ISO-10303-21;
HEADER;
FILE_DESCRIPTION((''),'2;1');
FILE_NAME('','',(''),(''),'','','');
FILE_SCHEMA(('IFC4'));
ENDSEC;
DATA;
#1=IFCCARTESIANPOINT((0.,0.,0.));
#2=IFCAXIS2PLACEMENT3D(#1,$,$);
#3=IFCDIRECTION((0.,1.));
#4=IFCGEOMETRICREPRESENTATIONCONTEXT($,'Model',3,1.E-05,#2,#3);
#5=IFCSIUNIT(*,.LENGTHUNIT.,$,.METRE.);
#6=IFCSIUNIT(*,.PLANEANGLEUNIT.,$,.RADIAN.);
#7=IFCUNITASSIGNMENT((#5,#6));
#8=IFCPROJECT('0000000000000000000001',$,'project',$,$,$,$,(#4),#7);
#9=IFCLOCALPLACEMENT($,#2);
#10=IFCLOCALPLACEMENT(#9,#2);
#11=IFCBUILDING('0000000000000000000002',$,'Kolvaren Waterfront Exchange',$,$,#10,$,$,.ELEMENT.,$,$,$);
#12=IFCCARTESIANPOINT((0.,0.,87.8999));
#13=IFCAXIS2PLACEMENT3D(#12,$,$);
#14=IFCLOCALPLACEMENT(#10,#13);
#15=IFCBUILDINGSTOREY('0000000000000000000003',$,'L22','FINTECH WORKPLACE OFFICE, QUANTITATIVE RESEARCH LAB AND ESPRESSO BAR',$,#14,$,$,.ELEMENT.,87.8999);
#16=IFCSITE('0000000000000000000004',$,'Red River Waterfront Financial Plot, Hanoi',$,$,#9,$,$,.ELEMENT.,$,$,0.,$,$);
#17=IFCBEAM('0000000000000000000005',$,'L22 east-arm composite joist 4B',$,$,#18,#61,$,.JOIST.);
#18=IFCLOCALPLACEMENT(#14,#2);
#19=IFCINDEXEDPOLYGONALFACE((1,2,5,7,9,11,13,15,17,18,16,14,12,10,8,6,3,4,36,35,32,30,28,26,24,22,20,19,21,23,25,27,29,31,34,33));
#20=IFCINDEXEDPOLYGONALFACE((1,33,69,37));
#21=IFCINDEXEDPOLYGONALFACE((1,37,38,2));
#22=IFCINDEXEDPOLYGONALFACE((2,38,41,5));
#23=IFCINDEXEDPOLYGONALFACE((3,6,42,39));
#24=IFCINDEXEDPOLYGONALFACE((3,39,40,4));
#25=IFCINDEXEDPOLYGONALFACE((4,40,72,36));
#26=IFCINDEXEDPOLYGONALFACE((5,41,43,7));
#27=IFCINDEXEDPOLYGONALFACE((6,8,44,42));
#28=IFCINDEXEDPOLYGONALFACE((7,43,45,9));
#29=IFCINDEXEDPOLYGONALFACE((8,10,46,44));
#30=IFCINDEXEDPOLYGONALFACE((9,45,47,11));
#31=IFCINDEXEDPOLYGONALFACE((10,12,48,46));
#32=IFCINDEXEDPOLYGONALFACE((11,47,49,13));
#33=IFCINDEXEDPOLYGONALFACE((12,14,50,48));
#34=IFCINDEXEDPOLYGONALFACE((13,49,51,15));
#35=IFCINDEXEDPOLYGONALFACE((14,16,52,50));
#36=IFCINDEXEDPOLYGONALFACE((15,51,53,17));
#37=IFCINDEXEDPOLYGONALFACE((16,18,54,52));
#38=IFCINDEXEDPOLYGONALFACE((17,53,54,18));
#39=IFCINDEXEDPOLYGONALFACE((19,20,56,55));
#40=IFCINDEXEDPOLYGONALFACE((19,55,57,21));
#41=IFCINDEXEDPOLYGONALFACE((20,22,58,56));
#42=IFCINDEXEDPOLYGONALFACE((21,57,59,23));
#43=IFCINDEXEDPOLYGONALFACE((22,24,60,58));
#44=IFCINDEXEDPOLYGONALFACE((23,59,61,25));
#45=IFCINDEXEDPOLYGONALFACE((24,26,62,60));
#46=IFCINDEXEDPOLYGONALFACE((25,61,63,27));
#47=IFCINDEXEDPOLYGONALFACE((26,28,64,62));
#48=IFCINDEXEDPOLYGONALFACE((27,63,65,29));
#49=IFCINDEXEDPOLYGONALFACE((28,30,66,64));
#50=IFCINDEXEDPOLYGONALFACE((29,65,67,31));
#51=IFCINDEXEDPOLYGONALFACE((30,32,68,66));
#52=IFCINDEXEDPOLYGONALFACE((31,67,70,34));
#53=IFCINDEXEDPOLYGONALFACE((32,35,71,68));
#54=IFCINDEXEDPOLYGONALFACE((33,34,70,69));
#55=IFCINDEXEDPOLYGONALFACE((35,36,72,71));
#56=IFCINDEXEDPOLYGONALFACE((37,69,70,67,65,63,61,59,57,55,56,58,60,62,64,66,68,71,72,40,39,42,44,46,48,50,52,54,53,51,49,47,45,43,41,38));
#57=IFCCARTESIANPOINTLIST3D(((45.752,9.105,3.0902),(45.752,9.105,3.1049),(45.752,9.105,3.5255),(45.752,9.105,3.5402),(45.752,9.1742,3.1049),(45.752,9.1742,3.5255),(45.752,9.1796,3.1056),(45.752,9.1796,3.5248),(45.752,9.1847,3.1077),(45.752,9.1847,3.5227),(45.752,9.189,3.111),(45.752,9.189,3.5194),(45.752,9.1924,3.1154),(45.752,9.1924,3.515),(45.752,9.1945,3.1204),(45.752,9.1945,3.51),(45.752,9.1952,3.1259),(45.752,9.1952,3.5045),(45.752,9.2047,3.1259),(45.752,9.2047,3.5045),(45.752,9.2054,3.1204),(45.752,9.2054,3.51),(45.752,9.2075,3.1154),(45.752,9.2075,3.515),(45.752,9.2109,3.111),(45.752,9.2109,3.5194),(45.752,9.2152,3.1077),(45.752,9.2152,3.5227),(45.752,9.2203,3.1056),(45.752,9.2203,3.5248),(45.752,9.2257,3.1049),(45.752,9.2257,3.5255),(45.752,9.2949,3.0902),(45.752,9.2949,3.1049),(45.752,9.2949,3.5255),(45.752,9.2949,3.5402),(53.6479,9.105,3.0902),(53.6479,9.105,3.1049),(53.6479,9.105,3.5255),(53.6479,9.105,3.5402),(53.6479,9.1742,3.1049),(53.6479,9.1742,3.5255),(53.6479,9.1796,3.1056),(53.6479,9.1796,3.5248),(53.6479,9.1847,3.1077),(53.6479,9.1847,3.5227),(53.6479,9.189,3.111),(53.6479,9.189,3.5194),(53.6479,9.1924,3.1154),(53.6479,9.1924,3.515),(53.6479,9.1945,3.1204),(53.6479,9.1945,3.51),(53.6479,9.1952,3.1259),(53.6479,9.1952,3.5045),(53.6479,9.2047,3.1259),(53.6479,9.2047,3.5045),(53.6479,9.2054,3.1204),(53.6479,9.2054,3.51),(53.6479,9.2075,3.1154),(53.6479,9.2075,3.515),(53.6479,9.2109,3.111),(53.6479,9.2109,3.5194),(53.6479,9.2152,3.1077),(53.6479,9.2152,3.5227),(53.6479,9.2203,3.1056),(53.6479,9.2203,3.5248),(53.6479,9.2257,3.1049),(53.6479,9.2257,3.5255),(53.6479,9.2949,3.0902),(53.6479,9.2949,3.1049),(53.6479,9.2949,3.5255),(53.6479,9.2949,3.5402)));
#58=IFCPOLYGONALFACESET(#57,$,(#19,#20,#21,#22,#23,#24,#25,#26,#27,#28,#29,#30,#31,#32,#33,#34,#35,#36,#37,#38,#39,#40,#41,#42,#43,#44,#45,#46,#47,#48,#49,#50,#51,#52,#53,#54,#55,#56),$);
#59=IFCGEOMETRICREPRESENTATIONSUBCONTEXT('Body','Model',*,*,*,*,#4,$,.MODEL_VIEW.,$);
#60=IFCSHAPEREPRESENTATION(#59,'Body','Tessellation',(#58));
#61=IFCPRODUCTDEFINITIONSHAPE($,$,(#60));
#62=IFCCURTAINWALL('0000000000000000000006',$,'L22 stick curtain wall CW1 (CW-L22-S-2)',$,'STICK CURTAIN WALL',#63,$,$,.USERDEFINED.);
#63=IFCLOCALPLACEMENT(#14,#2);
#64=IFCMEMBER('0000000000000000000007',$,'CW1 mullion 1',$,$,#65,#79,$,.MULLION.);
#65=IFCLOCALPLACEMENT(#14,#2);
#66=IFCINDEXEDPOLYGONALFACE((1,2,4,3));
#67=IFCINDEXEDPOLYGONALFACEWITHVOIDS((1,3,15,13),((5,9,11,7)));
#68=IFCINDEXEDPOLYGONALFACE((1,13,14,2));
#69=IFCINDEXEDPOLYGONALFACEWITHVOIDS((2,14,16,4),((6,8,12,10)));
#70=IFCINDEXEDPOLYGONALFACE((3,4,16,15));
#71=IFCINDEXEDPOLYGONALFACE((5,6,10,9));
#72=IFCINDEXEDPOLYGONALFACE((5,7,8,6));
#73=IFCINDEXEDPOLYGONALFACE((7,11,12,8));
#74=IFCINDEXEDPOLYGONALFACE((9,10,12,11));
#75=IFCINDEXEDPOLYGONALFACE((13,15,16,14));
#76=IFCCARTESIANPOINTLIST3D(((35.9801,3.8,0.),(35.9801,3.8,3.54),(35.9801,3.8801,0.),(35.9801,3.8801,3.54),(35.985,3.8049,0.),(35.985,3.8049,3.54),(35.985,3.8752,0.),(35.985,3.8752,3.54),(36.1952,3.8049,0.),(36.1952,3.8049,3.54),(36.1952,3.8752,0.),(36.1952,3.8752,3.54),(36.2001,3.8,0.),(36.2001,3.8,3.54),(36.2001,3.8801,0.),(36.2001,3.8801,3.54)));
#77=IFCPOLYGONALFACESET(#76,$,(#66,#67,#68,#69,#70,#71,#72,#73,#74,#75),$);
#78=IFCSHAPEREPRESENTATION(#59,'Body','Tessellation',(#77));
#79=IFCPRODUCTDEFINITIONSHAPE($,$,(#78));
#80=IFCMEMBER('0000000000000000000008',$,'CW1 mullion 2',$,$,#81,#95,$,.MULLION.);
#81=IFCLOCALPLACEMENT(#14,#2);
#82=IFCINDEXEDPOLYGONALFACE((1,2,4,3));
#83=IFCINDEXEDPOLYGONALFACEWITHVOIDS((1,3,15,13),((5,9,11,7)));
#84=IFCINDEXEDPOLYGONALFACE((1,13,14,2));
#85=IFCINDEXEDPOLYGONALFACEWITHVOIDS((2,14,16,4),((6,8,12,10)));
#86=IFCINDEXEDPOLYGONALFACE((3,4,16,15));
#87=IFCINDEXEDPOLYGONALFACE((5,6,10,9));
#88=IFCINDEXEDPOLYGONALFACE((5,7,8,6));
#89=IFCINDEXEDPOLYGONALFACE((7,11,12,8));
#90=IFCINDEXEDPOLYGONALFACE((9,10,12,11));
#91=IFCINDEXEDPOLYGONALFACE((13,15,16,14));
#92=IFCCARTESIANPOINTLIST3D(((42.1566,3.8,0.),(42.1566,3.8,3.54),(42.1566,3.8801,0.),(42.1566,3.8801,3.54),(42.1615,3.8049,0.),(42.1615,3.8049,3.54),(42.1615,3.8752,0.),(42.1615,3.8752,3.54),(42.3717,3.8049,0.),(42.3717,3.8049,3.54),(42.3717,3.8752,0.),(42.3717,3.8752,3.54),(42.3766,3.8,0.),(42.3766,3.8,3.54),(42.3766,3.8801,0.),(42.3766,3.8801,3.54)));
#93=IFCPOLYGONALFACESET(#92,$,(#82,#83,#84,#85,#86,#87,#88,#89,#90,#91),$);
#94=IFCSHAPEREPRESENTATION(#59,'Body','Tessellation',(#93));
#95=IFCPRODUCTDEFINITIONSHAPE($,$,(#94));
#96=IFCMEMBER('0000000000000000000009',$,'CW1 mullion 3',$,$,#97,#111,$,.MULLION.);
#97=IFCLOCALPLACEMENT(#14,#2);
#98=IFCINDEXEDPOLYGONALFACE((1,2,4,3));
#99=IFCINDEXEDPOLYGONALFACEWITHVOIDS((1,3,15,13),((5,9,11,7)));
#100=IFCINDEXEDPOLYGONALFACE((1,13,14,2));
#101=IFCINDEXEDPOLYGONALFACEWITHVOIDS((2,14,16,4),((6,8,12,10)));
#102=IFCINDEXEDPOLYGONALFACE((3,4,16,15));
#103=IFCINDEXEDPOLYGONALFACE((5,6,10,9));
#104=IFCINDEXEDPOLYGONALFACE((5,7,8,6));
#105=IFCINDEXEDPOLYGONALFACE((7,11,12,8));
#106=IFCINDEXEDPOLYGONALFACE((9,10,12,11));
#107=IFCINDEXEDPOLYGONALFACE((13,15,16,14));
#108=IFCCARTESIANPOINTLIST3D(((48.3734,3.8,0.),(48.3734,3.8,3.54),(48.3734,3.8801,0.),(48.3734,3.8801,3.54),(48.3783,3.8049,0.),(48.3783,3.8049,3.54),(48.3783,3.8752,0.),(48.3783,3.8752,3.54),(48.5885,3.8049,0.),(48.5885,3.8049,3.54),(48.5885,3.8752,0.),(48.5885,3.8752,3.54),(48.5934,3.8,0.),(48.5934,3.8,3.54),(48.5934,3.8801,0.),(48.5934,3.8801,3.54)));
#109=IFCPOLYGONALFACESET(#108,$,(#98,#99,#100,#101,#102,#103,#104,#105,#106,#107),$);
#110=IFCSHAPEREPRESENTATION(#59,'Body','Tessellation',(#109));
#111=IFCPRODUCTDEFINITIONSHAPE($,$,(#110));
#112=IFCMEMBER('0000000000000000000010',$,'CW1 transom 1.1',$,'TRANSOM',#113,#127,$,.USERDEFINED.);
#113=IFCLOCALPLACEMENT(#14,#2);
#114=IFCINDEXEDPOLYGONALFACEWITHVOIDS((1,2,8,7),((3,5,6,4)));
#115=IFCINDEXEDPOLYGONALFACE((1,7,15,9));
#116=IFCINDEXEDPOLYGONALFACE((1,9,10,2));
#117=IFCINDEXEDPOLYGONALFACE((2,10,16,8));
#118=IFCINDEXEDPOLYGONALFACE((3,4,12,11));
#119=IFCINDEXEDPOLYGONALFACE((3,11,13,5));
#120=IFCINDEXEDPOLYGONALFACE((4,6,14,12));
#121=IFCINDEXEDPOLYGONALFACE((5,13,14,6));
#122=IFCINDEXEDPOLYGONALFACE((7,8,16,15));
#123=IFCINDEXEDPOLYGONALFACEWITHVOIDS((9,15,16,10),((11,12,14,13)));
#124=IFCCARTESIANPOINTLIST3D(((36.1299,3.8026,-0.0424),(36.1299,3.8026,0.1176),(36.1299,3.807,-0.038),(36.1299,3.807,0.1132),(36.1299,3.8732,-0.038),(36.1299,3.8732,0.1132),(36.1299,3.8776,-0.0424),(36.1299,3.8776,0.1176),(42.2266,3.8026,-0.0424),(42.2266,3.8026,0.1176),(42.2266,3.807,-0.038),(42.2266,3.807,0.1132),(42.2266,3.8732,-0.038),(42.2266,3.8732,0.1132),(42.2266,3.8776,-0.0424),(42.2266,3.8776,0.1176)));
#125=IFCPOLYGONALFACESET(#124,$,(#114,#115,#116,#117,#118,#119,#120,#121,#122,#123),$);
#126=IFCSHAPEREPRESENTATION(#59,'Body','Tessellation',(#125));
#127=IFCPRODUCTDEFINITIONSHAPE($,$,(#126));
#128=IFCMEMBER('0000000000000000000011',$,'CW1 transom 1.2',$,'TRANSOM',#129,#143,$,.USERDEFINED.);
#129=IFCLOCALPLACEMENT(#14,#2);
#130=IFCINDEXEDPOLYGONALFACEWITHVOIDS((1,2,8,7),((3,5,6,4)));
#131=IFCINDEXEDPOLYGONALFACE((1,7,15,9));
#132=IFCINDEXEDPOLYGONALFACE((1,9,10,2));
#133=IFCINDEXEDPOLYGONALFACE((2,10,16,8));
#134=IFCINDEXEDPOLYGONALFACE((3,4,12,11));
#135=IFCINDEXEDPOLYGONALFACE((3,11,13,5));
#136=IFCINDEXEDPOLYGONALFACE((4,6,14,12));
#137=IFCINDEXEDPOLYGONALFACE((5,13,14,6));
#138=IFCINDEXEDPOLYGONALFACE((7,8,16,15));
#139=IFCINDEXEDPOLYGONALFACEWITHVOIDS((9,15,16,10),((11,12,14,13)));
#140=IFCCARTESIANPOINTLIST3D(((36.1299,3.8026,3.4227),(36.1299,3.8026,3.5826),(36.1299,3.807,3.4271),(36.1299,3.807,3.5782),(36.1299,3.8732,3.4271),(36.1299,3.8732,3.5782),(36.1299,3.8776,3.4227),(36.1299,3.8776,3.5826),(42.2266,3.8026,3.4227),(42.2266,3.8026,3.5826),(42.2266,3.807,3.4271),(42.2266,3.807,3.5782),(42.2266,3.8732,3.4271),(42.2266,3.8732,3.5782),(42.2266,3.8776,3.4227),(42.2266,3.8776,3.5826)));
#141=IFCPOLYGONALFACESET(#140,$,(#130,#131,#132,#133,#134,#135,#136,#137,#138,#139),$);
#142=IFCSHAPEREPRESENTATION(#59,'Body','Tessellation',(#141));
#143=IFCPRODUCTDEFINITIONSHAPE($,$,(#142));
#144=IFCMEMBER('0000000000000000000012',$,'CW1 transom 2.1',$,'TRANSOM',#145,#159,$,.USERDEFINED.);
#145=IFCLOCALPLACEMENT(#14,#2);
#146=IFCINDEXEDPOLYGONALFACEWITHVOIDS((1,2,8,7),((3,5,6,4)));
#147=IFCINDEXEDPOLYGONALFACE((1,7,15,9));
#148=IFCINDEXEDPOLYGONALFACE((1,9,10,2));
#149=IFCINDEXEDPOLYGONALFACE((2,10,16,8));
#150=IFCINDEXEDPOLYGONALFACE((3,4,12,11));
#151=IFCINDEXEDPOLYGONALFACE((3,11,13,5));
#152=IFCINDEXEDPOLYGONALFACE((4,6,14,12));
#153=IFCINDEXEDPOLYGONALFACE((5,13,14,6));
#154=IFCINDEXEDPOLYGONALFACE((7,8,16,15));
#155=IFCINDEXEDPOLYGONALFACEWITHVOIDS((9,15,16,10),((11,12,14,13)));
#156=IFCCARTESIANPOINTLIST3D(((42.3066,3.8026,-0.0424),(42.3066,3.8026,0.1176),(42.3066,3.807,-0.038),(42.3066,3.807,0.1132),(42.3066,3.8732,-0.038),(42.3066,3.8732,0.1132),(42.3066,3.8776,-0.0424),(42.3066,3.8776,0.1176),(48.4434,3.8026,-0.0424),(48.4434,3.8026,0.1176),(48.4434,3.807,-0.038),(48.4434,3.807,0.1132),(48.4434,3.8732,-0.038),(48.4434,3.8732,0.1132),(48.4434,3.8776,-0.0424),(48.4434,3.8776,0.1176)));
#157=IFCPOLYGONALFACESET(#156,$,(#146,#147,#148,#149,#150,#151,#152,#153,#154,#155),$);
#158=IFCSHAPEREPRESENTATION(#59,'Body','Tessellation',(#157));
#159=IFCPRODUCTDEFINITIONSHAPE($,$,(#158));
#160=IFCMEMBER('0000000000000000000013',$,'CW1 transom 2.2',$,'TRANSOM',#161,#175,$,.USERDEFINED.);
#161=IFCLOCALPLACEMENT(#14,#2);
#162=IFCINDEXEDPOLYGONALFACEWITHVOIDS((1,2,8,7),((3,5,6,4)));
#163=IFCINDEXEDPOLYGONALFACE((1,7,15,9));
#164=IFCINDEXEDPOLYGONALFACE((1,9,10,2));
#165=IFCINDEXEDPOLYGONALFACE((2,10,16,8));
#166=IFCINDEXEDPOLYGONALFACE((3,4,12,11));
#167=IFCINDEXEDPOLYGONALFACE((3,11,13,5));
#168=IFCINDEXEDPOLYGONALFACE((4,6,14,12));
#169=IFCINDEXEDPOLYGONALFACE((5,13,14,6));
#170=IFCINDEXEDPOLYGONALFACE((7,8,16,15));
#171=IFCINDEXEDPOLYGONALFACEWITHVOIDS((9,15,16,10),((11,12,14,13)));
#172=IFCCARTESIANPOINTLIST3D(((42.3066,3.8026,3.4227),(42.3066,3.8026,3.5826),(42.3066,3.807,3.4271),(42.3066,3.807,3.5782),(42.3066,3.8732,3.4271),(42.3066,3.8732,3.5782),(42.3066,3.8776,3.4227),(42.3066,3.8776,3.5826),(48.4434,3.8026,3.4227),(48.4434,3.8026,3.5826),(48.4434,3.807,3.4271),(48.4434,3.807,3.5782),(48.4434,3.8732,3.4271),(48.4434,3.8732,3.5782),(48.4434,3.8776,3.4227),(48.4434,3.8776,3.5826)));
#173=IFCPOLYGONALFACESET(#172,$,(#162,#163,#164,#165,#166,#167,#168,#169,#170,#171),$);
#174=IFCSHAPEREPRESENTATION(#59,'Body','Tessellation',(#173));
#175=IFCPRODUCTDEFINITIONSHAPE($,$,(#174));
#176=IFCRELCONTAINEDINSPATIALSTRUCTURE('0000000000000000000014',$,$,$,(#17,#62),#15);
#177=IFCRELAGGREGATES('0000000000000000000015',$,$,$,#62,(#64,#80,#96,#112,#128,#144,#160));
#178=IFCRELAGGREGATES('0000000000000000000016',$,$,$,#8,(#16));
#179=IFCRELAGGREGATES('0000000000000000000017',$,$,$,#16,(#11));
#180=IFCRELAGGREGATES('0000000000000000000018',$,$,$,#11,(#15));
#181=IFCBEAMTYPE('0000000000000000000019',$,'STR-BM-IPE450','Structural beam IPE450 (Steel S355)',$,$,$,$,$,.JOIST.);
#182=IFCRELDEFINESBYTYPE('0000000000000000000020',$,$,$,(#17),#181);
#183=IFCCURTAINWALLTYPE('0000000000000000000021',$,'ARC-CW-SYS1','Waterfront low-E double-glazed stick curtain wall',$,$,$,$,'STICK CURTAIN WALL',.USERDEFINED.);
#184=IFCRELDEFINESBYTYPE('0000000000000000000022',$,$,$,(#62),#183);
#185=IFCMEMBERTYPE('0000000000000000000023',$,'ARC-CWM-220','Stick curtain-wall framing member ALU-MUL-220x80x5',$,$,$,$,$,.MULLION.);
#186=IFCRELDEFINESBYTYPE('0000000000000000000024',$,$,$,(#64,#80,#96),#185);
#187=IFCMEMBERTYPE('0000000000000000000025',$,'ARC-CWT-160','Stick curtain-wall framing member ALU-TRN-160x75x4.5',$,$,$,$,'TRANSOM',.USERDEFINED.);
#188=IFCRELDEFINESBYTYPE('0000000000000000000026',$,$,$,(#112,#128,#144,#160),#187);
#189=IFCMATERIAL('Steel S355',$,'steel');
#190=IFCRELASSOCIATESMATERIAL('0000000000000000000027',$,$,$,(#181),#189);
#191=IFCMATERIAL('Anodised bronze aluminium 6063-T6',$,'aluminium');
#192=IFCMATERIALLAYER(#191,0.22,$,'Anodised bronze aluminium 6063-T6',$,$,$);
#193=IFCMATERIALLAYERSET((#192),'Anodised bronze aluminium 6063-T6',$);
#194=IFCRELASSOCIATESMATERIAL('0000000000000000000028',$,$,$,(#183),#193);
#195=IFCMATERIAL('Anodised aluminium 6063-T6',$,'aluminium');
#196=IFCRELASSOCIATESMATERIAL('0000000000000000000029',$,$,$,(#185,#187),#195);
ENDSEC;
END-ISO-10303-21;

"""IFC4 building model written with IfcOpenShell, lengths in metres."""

from ifc_helpers import new_model, si_unit, direction, frame, origin, origin_with_axes, origin_2d, place, context, subcontext, project, spatial, hollow_rectangle, i_section, extrude, source, transform, mapped, material, layer, layer_set, material_profile, profile_set, type_object, element, aggregate, save


model = new_model("IFC4")

# Units and contexts
model_context = context("Model", 3, precision=1e-05, world=origin(), true_north=direction((0.0, 1.0)))
body_context = subcontext(model_context, "Body", "Model", "MODEL_VIEW")
ifc_project = project(units=[si_unit("LENGTHUNIT", "METRE"), si_unit("PLANEANGLEUNIT", "RADIAN")], contexts=[model_context])

# Site, building, storey
site_placement = place(None, origin())
site = spatial("IfcSite", under=ifc_project, at=site_placement, Name="Red River Waterfront Financial Plot, Hanoi", CompositionType="ELEMENT", RefElevation=0.0)
building_placement = place(site_placement, origin())
building = spatial("IfcBuilding", under=site, at=building_placement, Name="Kolvaren Waterfront Exchange", CompositionType="ELEMENT")
storey_placement = place(building_placement, frame((0.0, 0.0, 87.8999)))
storey = spatial("IfcBuildingStorey", under=building, at=storey_placement, Name="L22", Description="FINTECH WORKPLACE OFFICE, QUANTITATIVE RESEARCH LAB AND ESPRESSO BAR", CompositionType="ELEMENT", Elevation=87.8999)

# Beam
ifc_material_1 = material(Name="Steel S355", Category="steel")
ifc_material_profile_1 = material_profile(ifc_material_1, i_section(OverallWidth=0.1899, OverallDepth=0.45, WebThickness=0.0095, FlangeThickness=0.0146, FilletRadius=0.021, at=origin_2d()), Name="IPE450")
ifc_profile_set_1 = profile_set([ifc_material_profile_1], Name="Steel S355")
beam_type_1 = type_object("IfcBeamType", Name="STR-BM-IPE450", Description="Structural beam IPE450 (Steel S355)", PredefinedType="JOIST", material=ifc_profile_set_1)
for number, where, z_axis, x_axis, name in (
    (1, (45.752, 9.2, 3.3152), (1.0, 0.0, 0.0), (0.0, 1.0, 0.0), "L22 east-arm composite joist 4B"),
):
    element("IfcBeam", number, at=place(storey_placement, frame(where, z_axis=z_axis, x_axis=x_axis)), inside=storey, type_object=beam_type_1, Name=name, PredefinedType="JOIST", context=body_context, shape_type="SweptSolid", body=[
        extrude(i_section(OverallWidth=0.1899, OverallDepth=0.45, WebThickness=0.0095, FlangeThickness=0.0146, FilletRadius=0.021, at=origin_2d()), origin(), (0.0, 0.0, 1.0), 7.896),
    ])

# Curtain wall, members
ifc_material_2 = material(Name="Anodised bronze aluminium 6063-T6", Category="aluminium")
ifc_layer_1 = layer(ifc_material_2, 0.22, Name="Anodised bronze aluminium 6063-T6")
ifc_layer_set_1 = layer_set([ifc_layer_1], Name="Anodised bronze aluminium 6063-T6")
curtain_wall_type = type_object("IfcCurtainWallType", Name="ARC-CW-SYS1", Description="Waterfront low-E double-glazed stick curtain wall", ElementType="STICK CURTAIN WALL", PredefinedType="USERDEFINED", material=ifc_layer_set_1)
curtain_wall_placement = place(storey_placement, origin())
curtain_wall = element("IfcCurtainWall", 2, at=curtain_wall_placement, inside=storey, type_object=curtain_wall_type, Name="L22 stick curtain wall CW1 (CW-L22-S-2)", ObjectType="STICK CURTAIN WALL", PredefinedType="USERDEFINED")
ifc_material_3 = material(Name="Anodised aluminium 6063-T6", Category="aluminium")
ifc_material_profile_2 = material_profile(ifc_material_3, hollow_rectangle(XDim=0.0801, YDim=0.22, WallThickness=0.0049, at=origin_2d()), Name="ALU-MUL-220x80x5")
ifc_profile_set_2 = profile_set([ifc_material_profile_2], Name="Anodised aluminium 6063-T6")
member_type_1 = type_object("IfcMemberType", Name="ARC-CWM-220", Description="Stick curtain-wall framing member ALU-MUL-220x80x5", PredefinedType="MULLION", material=ifc_profile_set_2)
shared_shape_1 = source(origin_with_axes(), body_context, "Body", "SweptSolid", [
    extrude(hollow_rectangle(XDim=0.0801, YDim=0.22, WallThickness=0.0049, at=origin_2d()), origin(), (0.0, 0.0, 1.0), 3.54),
])
member_1_placement = place(storey_placement, frame((36.0901, 3.8401, 0.0), z_axis=(0.0, 0.0, 1.0), x_axis=(0.0, 1.0, 0.0)))
member_1 = element("IfcMember", 3, at=member_1_placement, type_object=member_type_1, Name="CW1 mullion 1", PredefinedType="MULLION", context=body_context, shape_type="MappedRepresentation", body=[
    mapped(shared_shape_1, transform((0.0, 0.0, 0.0), x_axis=(1.0, 0.0, 0.0), y_axis=(0.0, 1.0, 0.0), z_axis=(0.0, 0.0, 1.0), scale=1.0)),
])
member_2_placement = place(storey_placement, frame((42.2666, 3.8401, 0.0), z_axis=(0.0, 0.0, 1.0), x_axis=(0.0, 1.0, 0.0)))
member_2 = element("IfcMember", 4, at=member_2_placement, type_object=member_type_1, Name="CW1 mullion 2", PredefinedType="MULLION", context=body_context, shape_type="MappedRepresentation", body=[
    mapped(shared_shape_1, transform((0.0, 0.0, 0.0), x_axis=(1.0, 0.0, 0.0), y_axis=(0.0, 1.0, 0.0), z_axis=(0.0, 0.0, 1.0), scale=1.0)),
])
member_3_placement = place(storey_placement, frame((48.4834, 3.8401, 0.0), z_axis=(0.0, 0.0, 1.0), x_axis=(0.0, 1.0, 0.0)))
member_3 = element("IfcMember", 5, at=member_3_placement, type_object=member_type_1, Name="CW1 mullion 3", PredefinedType="MULLION", context=body_context, shape_type="MappedRepresentation", body=[
    mapped(shared_shape_1, transform((0.0, 0.0, 0.0), x_axis=(1.0, 0.0, 0.0), y_axis=(0.0, 1.0, 0.0), z_axis=(0.0, 0.0, 1.0), scale=1.0)),
])
ifc_material_profile_3 = material_profile(ifc_material_3, hollow_rectangle(XDim=0.075, YDim=0.1599, WallThickness=0.0044, at=origin_2d()), Name="ALU-TRN-160x75x4.5")
ifc_profile_set_3 = profile_set([ifc_material_profile_3], Name="Anodised aluminium 6063-T6")
member_type_2 = type_object("IfcMemberType", Name="ARC-CWT-160", Description="Stick curtain-wall framing member ALU-TRN-160x75x4.5", ElementType="TRANSOM", PredefinedType="USERDEFINED", material=ifc_profile_set_3)
shared_shape_2 = source(origin_with_axes(), body_context, "Body", "SweptSolid", [
    extrude(hollow_rectangle(XDim=0.075, YDim=0.1599, WallThickness=0.0044, at=origin_2d()), origin(), (0.0, 0.0, 1.0), 6.0967),
])
member_4_placement = place(storey_placement, frame((36.1299, 3.8401, 0.0376), z_axis=(1.0, 0.0, 0.0), x_axis=(0.0, 1.0, 0.0)))
member_4 = element("IfcMember", 6, at=member_4_placement, type_object=member_type_2, Name="CW1 transom 1.1", ObjectType="TRANSOM", PredefinedType="USERDEFINED", context=body_context, shape_type="MappedRepresentation", body=[
    mapped(shared_shape_2, transform((0.0, 0.0, 0.0), x_axis=(1.0, 0.0, 0.0), y_axis=(0.0, 1.0, 0.0), z_axis=(0.0, 0.0, 1.0), scale=1.0)),
])
member_5_placement = place(storey_placement, frame((36.1299, 3.8401, 3.5027), z_axis=(1.0, 0.0, 0.0), x_axis=(0.0, 1.0, 0.0)))
member_5 = element("IfcMember", 7, at=member_5_placement, type_object=member_type_2, Name="CW1 transom 1.2", ObjectType="TRANSOM", PredefinedType="USERDEFINED", context=body_context, shape_type="MappedRepresentation", body=[
    mapped(shared_shape_2, transform((0.0, 0.0, 0.0), x_axis=(1.0, 0.0, 0.0), y_axis=(0.0, 1.0, 0.0), z_axis=(0.0, 0.0, 1.0), scale=1.0)),
])
shared_shape_3 = source(origin_with_axes(), body_context, "Body", "SweptSolid", [
    extrude(hollow_rectangle(XDim=0.075, YDim=0.1599, WallThickness=0.0044, at=origin_2d()), origin(), (0.0, 0.0, 1.0), 6.1367),
])
member_6_placement = place(storey_placement, frame((42.3066, 3.8401, 0.0376), z_axis=(1.0, 0.0, 0.0), x_axis=(0.0, 1.0, 0.0)))
member_6 = element("IfcMember", 8, at=member_6_placement, type_object=member_type_2, Name="CW1 transom 2.1", ObjectType="TRANSOM", PredefinedType="USERDEFINED", context=body_context, shape_type="MappedRepresentation", body=[
    mapped(shared_shape_3, transform((0.0, 0.0, 0.0), x_axis=(1.0, 0.0, 0.0), y_axis=(0.0, 1.0, 0.0), z_axis=(0.0, 0.0, 1.0), scale=1.0)),
])
member_7_placement = place(storey_placement, frame((42.3066, 3.8401, 3.5027), z_axis=(1.0, 0.0, 0.0), x_axis=(0.0, 1.0, 0.0)))
member_7 = element("IfcMember", 9, at=member_7_placement, type_object=member_type_2, Name="CW1 transom 2.2", ObjectType="TRANSOM", PredefinedType="USERDEFINED", context=body_context, shape_type="MappedRepresentation", body=[
    mapped(shared_shape_3, transform((0.0, 0.0, 0.0), x_axis=(1.0, 0.0, 0.0), y_axis=(0.0, 1.0, 0.0), z_axis=(0.0, 0.0, 1.0), scale=1.0)),
])
aggregate(curtain_wall, [member_1, member_2, member_3, member_4, member_5, member_6, member_7])

save(model, "model.ifc")
